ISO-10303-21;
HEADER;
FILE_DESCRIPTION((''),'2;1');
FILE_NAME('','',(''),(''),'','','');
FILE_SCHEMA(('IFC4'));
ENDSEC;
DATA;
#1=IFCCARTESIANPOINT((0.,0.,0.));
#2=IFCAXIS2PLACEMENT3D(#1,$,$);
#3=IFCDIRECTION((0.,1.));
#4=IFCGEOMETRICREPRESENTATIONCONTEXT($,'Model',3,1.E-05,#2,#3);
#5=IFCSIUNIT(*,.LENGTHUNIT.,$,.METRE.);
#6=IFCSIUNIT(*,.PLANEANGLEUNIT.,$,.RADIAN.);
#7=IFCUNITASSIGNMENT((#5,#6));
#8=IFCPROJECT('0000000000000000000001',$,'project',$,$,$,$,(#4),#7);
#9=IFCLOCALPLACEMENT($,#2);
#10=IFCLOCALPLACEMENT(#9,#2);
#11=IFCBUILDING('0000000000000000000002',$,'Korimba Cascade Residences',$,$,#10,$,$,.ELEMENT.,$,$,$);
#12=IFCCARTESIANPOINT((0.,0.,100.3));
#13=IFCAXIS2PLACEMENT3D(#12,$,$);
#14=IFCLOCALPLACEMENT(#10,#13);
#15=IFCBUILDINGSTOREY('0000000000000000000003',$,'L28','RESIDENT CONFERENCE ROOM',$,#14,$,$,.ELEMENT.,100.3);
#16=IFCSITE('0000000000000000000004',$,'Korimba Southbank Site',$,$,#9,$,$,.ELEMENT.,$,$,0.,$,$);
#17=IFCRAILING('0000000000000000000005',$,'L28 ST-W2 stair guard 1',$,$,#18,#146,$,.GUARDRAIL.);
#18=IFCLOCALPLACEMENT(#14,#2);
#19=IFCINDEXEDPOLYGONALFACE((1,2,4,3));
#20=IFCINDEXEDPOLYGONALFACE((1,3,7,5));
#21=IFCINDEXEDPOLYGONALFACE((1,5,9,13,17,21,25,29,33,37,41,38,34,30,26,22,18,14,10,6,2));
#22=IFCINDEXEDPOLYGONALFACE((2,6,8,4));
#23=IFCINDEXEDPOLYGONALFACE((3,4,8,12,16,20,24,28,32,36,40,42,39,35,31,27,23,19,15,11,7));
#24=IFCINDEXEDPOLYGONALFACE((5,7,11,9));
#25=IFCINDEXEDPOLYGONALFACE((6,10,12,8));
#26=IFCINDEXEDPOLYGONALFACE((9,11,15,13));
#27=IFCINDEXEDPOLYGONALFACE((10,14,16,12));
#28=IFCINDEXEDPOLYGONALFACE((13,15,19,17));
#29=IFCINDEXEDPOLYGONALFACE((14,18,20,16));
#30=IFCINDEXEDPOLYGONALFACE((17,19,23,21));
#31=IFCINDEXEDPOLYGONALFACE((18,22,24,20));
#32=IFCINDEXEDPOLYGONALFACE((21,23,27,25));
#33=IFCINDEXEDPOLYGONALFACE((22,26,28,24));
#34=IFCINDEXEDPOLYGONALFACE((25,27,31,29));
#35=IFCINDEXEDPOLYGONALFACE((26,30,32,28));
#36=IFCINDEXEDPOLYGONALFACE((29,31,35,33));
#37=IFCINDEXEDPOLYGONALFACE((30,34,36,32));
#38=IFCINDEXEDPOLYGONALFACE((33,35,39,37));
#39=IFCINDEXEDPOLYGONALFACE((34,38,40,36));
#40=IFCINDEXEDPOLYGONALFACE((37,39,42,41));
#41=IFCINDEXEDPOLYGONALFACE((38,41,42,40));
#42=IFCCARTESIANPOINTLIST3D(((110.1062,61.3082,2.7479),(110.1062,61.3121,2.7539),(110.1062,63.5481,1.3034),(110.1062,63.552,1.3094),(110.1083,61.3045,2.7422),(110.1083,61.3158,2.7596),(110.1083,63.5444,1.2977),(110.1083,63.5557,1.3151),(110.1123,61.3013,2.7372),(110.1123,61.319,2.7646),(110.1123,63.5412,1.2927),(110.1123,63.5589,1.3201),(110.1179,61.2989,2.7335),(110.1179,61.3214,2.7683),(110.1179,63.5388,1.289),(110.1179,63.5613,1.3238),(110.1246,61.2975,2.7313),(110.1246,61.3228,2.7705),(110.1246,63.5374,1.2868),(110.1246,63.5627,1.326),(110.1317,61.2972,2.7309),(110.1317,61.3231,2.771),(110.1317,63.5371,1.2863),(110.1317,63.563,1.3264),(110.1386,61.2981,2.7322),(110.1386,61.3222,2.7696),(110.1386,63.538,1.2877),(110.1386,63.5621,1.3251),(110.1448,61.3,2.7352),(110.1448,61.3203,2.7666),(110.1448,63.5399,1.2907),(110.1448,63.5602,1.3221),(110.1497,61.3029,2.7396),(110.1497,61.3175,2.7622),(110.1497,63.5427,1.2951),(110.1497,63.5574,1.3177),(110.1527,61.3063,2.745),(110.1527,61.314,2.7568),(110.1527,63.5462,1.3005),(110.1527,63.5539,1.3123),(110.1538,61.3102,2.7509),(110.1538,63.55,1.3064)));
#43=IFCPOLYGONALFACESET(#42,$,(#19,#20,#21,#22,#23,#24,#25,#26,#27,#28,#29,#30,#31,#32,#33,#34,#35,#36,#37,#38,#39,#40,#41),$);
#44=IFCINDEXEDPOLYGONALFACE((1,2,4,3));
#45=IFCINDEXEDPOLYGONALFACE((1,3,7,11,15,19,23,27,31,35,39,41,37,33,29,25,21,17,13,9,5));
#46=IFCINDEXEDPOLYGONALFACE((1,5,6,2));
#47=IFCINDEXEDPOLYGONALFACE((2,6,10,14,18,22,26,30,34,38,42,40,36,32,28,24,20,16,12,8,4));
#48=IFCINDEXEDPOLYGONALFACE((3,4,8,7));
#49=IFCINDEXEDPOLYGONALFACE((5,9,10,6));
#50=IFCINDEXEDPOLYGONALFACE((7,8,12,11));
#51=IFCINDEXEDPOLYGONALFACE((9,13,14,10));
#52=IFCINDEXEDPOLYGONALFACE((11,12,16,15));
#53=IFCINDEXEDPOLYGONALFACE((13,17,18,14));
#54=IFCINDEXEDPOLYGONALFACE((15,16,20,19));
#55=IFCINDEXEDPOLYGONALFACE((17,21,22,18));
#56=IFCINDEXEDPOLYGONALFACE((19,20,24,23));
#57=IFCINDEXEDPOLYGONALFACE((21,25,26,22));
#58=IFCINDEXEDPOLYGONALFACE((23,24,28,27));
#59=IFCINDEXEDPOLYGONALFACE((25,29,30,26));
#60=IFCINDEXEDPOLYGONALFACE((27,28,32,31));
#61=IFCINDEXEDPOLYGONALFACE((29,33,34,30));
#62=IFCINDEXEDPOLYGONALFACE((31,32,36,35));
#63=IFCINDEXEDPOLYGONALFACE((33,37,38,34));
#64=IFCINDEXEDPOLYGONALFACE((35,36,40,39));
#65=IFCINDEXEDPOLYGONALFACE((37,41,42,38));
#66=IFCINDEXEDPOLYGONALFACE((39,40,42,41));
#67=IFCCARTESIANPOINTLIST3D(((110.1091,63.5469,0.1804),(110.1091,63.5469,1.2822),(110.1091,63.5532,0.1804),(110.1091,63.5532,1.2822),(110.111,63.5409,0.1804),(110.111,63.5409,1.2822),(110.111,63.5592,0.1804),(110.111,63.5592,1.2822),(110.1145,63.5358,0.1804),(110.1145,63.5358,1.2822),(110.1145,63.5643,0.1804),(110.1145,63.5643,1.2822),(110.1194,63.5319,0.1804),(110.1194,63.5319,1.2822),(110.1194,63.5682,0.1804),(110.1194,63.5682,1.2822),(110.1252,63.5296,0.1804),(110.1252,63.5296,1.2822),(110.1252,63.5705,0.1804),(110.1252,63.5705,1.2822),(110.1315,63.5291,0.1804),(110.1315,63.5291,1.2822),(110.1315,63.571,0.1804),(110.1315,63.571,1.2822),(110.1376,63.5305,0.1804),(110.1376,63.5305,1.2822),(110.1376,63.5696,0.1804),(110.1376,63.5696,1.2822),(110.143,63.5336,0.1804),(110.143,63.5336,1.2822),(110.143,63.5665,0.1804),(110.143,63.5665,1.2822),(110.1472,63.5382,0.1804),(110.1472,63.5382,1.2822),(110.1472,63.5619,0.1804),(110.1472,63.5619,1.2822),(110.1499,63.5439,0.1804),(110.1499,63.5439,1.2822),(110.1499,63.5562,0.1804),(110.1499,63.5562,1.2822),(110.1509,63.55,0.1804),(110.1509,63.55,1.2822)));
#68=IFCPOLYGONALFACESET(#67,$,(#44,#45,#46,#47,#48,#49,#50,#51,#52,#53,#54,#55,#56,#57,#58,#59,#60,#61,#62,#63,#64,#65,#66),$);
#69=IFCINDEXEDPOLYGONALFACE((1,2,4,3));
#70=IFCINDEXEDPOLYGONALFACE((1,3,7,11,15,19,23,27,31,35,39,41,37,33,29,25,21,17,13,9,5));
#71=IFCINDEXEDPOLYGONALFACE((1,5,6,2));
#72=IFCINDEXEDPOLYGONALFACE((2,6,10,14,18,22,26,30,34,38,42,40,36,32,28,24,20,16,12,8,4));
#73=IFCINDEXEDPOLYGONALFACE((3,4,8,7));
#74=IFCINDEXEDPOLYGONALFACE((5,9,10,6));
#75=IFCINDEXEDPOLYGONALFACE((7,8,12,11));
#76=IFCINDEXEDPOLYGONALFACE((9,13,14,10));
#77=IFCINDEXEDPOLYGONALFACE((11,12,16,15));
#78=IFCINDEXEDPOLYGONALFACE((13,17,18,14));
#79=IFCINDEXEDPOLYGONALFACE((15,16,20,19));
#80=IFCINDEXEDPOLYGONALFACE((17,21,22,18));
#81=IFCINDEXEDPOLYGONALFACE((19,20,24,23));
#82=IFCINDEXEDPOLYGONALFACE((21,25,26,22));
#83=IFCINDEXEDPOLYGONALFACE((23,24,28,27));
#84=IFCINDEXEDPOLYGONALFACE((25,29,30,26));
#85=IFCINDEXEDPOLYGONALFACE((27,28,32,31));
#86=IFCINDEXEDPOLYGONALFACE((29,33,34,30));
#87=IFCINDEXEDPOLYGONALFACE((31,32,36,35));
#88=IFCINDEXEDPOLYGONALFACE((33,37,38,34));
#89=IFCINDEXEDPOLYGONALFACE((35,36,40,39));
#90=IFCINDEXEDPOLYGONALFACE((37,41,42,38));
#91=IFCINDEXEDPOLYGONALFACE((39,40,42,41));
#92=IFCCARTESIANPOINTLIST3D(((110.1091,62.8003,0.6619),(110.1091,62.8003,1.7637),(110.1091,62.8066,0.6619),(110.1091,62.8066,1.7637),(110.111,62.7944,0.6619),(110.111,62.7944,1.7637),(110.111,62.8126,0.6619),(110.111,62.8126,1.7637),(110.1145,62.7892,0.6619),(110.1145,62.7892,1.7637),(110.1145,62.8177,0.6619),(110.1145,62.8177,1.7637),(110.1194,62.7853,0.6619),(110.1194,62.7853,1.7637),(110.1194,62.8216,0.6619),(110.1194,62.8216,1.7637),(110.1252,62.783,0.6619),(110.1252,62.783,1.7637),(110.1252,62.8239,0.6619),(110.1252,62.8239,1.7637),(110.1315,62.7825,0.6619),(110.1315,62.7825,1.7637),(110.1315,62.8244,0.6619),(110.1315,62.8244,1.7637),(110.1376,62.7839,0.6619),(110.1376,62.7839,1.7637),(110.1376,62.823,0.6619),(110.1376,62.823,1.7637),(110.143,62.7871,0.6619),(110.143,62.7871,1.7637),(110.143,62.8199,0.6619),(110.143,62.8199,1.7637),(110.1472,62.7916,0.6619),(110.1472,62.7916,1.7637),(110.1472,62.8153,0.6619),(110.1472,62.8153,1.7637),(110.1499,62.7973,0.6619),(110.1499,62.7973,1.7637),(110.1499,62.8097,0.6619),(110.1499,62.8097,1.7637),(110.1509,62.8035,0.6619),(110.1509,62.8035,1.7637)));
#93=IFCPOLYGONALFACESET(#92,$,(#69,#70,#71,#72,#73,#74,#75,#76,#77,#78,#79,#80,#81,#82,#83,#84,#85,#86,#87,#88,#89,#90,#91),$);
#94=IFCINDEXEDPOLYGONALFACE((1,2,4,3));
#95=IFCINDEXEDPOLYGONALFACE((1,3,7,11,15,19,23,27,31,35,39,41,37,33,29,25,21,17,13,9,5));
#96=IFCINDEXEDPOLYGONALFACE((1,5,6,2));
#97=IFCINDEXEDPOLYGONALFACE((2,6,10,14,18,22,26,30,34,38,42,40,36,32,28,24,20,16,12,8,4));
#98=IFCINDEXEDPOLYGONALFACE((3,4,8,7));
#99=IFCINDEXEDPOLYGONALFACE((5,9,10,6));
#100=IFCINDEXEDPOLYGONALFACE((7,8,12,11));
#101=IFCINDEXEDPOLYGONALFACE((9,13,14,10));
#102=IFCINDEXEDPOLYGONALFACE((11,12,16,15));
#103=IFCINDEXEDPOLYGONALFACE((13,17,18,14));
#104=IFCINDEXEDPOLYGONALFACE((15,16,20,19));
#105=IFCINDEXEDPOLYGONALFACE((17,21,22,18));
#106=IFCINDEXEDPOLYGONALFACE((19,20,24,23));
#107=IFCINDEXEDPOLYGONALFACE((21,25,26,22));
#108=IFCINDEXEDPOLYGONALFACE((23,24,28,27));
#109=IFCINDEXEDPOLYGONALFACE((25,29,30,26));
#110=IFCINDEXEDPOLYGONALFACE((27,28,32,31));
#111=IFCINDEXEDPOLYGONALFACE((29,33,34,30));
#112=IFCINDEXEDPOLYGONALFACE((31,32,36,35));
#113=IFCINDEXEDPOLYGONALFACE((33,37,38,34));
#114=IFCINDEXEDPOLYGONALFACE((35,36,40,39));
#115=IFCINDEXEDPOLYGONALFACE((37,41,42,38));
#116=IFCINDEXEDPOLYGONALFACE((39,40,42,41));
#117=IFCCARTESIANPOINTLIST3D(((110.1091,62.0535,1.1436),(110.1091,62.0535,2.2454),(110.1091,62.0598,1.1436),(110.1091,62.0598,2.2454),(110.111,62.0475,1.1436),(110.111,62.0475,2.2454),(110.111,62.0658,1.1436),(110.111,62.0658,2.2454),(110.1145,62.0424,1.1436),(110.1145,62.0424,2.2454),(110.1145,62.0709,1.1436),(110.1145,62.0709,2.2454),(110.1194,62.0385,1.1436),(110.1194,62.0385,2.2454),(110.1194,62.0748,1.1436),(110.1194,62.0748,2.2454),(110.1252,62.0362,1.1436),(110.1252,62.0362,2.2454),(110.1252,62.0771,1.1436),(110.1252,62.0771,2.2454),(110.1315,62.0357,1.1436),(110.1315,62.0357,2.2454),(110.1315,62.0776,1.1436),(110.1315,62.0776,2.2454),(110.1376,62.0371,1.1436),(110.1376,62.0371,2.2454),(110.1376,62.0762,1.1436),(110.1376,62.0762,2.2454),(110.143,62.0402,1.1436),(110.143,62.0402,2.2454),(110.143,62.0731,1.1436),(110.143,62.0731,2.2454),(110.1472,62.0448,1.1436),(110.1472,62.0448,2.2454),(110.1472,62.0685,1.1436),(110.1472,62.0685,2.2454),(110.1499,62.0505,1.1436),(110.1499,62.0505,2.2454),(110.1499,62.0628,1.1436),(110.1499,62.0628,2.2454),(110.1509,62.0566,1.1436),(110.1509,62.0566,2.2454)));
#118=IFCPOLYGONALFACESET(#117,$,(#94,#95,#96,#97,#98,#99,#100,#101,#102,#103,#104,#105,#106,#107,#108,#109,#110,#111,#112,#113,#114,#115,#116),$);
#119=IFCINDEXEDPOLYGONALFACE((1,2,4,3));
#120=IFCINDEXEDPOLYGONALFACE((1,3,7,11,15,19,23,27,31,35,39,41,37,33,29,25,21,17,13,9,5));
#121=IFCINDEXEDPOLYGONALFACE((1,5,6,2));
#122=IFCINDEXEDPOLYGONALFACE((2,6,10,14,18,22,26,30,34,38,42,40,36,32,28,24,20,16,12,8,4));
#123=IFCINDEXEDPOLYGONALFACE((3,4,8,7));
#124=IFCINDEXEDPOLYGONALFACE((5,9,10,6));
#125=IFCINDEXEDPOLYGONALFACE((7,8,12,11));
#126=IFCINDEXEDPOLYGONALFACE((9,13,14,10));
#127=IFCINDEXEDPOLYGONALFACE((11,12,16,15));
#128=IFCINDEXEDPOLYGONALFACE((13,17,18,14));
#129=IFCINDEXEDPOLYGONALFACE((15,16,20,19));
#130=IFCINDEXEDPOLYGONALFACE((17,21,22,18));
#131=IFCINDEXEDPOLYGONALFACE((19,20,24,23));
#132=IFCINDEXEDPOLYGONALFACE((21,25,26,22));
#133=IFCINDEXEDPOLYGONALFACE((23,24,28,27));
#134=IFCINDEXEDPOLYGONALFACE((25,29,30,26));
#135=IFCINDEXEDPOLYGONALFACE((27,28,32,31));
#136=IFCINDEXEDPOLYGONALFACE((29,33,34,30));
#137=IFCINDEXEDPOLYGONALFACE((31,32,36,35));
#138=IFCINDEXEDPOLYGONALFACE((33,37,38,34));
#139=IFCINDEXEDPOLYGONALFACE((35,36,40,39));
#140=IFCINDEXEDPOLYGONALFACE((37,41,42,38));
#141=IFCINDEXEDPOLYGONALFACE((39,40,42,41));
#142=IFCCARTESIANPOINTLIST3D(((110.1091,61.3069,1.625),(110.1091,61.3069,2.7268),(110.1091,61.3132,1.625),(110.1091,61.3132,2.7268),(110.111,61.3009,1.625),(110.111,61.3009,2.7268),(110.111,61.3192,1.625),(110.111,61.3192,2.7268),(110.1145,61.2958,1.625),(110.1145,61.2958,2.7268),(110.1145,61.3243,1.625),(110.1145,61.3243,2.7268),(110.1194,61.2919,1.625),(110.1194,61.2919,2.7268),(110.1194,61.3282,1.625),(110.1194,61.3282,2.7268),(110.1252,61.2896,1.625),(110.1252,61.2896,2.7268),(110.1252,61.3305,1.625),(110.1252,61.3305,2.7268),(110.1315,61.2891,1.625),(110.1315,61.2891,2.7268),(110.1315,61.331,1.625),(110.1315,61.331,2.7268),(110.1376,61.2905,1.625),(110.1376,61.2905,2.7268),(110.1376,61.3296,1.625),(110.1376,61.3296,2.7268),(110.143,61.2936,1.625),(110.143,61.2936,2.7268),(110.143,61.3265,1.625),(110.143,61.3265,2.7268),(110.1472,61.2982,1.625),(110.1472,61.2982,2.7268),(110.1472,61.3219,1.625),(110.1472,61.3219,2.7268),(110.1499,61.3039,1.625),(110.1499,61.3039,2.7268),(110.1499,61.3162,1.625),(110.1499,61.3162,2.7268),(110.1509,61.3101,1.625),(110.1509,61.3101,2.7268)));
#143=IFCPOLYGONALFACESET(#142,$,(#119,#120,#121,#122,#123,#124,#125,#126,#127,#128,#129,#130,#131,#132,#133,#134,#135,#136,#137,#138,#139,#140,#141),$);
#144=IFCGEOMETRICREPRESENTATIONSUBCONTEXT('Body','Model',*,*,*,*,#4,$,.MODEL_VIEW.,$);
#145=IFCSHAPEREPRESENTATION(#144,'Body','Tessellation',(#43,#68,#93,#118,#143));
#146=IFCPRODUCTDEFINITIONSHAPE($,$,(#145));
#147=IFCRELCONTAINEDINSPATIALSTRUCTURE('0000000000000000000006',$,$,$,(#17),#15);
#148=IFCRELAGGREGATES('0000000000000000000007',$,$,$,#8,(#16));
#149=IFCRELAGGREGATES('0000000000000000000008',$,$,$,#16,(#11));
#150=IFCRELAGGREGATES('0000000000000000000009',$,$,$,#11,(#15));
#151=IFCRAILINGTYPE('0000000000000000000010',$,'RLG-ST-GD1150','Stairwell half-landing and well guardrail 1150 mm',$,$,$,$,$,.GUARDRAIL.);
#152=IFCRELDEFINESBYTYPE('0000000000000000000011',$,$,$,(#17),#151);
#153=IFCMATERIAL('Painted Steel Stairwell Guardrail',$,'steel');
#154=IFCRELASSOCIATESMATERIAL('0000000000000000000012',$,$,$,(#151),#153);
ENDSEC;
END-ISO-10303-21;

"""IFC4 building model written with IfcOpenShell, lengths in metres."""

from ifc_helpers import new_model, si_unit, direction, frame, origin, origin_2d, place, context, subcontext, project, spatial, circle, extrude, material, type_object, element, save


model = new_model("IFC4")

# Units and contexts
model_context = context("Model", 3, precision=1e-05, world=origin(), true_north=direction((0.0, 1.0)))
body_context = subcontext(model_context, "Body", "Model", "MODEL_VIEW")
ifc_project = project(units=[si_unit("LENGTHUNIT", "METRE"), si_unit("PLANEANGLEUNIT", "RADIAN")], contexts=[model_context])

# Site, building, storey
site_placement = place(None, origin())
site = spatial("IfcSite", under=ifc_project, at=site_placement, Name="Korimba Southbank Site", CompositionType="ELEMENT", RefElevation=0.0)
building_placement = place(site_placement, origin())
building = spatial("IfcBuilding", under=site, at=building_placement, Name="Korimba Cascade Residences", CompositionType="ELEMENT")
storey_placement = place(building_placement, frame((0.0, 0.0, 100.3)))
storey = spatial("IfcBuildingStorey", under=building, at=storey_placement, Name="L28", Description="RESIDENT CONFERENCE ROOM", CompositionType="ELEMENT", Elevation=100.3)

# Railing
ifc_material_1 = material(Name="Painted Steel Stairwell Guardrail", Category="steel")
railing_type_1 = type_object("IfcRailingType", Name="RLG-ST-GD1150", Description="Stairwell half-landing and well guardrail 1150 mm", PredefinedType="GUARDRAIL", material=ifc_material_1)
railing_1_placement = place(storey_placement, frame((110.1299, 63.55, 0.1804)))
element("IfcRailing", 1, at=railing_1_placement, inside=storey, type_object=railing_type_1, Name="L28 ST-W2 stair guard 1", PredefinedType="GUARDRAIL", context=body_context, shape_type="SweptSolid", body=[
    extrude(circle(Radius=0.0239, at=origin_2d()), frame((0.0, 0.0, 1.126), z_axis=(0.0, -0.840395, 0.541975), x_axis=(1.0, 0.0, 0.0)), (0.0, 0.0, 1.0), 2.6653),
    extrude(circle(Radius=0.021, at=origin_2d()), origin(), (0.0, 0.0, 1.0), 1.1018),
    extrude(circle(Radius=0.021, at=origin_2d()), frame((0.0, -0.7466, 0.4814)), (0.0, 0.0, 1.0), 1.1018),
    extrude(circle(Radius=0.021, at=origin_2d()), frame((0.0, -1.4934, 0.9631)), (0.0, 0.0, 1.0), 1.1018),
    extrude(circle(Radius=0.021, at=origin_2d()), frame((0.0, -2.24, 1.4446)), (0.0, 0.0, 1.0), 1.1018),
])

save(model, "model.ifc")
